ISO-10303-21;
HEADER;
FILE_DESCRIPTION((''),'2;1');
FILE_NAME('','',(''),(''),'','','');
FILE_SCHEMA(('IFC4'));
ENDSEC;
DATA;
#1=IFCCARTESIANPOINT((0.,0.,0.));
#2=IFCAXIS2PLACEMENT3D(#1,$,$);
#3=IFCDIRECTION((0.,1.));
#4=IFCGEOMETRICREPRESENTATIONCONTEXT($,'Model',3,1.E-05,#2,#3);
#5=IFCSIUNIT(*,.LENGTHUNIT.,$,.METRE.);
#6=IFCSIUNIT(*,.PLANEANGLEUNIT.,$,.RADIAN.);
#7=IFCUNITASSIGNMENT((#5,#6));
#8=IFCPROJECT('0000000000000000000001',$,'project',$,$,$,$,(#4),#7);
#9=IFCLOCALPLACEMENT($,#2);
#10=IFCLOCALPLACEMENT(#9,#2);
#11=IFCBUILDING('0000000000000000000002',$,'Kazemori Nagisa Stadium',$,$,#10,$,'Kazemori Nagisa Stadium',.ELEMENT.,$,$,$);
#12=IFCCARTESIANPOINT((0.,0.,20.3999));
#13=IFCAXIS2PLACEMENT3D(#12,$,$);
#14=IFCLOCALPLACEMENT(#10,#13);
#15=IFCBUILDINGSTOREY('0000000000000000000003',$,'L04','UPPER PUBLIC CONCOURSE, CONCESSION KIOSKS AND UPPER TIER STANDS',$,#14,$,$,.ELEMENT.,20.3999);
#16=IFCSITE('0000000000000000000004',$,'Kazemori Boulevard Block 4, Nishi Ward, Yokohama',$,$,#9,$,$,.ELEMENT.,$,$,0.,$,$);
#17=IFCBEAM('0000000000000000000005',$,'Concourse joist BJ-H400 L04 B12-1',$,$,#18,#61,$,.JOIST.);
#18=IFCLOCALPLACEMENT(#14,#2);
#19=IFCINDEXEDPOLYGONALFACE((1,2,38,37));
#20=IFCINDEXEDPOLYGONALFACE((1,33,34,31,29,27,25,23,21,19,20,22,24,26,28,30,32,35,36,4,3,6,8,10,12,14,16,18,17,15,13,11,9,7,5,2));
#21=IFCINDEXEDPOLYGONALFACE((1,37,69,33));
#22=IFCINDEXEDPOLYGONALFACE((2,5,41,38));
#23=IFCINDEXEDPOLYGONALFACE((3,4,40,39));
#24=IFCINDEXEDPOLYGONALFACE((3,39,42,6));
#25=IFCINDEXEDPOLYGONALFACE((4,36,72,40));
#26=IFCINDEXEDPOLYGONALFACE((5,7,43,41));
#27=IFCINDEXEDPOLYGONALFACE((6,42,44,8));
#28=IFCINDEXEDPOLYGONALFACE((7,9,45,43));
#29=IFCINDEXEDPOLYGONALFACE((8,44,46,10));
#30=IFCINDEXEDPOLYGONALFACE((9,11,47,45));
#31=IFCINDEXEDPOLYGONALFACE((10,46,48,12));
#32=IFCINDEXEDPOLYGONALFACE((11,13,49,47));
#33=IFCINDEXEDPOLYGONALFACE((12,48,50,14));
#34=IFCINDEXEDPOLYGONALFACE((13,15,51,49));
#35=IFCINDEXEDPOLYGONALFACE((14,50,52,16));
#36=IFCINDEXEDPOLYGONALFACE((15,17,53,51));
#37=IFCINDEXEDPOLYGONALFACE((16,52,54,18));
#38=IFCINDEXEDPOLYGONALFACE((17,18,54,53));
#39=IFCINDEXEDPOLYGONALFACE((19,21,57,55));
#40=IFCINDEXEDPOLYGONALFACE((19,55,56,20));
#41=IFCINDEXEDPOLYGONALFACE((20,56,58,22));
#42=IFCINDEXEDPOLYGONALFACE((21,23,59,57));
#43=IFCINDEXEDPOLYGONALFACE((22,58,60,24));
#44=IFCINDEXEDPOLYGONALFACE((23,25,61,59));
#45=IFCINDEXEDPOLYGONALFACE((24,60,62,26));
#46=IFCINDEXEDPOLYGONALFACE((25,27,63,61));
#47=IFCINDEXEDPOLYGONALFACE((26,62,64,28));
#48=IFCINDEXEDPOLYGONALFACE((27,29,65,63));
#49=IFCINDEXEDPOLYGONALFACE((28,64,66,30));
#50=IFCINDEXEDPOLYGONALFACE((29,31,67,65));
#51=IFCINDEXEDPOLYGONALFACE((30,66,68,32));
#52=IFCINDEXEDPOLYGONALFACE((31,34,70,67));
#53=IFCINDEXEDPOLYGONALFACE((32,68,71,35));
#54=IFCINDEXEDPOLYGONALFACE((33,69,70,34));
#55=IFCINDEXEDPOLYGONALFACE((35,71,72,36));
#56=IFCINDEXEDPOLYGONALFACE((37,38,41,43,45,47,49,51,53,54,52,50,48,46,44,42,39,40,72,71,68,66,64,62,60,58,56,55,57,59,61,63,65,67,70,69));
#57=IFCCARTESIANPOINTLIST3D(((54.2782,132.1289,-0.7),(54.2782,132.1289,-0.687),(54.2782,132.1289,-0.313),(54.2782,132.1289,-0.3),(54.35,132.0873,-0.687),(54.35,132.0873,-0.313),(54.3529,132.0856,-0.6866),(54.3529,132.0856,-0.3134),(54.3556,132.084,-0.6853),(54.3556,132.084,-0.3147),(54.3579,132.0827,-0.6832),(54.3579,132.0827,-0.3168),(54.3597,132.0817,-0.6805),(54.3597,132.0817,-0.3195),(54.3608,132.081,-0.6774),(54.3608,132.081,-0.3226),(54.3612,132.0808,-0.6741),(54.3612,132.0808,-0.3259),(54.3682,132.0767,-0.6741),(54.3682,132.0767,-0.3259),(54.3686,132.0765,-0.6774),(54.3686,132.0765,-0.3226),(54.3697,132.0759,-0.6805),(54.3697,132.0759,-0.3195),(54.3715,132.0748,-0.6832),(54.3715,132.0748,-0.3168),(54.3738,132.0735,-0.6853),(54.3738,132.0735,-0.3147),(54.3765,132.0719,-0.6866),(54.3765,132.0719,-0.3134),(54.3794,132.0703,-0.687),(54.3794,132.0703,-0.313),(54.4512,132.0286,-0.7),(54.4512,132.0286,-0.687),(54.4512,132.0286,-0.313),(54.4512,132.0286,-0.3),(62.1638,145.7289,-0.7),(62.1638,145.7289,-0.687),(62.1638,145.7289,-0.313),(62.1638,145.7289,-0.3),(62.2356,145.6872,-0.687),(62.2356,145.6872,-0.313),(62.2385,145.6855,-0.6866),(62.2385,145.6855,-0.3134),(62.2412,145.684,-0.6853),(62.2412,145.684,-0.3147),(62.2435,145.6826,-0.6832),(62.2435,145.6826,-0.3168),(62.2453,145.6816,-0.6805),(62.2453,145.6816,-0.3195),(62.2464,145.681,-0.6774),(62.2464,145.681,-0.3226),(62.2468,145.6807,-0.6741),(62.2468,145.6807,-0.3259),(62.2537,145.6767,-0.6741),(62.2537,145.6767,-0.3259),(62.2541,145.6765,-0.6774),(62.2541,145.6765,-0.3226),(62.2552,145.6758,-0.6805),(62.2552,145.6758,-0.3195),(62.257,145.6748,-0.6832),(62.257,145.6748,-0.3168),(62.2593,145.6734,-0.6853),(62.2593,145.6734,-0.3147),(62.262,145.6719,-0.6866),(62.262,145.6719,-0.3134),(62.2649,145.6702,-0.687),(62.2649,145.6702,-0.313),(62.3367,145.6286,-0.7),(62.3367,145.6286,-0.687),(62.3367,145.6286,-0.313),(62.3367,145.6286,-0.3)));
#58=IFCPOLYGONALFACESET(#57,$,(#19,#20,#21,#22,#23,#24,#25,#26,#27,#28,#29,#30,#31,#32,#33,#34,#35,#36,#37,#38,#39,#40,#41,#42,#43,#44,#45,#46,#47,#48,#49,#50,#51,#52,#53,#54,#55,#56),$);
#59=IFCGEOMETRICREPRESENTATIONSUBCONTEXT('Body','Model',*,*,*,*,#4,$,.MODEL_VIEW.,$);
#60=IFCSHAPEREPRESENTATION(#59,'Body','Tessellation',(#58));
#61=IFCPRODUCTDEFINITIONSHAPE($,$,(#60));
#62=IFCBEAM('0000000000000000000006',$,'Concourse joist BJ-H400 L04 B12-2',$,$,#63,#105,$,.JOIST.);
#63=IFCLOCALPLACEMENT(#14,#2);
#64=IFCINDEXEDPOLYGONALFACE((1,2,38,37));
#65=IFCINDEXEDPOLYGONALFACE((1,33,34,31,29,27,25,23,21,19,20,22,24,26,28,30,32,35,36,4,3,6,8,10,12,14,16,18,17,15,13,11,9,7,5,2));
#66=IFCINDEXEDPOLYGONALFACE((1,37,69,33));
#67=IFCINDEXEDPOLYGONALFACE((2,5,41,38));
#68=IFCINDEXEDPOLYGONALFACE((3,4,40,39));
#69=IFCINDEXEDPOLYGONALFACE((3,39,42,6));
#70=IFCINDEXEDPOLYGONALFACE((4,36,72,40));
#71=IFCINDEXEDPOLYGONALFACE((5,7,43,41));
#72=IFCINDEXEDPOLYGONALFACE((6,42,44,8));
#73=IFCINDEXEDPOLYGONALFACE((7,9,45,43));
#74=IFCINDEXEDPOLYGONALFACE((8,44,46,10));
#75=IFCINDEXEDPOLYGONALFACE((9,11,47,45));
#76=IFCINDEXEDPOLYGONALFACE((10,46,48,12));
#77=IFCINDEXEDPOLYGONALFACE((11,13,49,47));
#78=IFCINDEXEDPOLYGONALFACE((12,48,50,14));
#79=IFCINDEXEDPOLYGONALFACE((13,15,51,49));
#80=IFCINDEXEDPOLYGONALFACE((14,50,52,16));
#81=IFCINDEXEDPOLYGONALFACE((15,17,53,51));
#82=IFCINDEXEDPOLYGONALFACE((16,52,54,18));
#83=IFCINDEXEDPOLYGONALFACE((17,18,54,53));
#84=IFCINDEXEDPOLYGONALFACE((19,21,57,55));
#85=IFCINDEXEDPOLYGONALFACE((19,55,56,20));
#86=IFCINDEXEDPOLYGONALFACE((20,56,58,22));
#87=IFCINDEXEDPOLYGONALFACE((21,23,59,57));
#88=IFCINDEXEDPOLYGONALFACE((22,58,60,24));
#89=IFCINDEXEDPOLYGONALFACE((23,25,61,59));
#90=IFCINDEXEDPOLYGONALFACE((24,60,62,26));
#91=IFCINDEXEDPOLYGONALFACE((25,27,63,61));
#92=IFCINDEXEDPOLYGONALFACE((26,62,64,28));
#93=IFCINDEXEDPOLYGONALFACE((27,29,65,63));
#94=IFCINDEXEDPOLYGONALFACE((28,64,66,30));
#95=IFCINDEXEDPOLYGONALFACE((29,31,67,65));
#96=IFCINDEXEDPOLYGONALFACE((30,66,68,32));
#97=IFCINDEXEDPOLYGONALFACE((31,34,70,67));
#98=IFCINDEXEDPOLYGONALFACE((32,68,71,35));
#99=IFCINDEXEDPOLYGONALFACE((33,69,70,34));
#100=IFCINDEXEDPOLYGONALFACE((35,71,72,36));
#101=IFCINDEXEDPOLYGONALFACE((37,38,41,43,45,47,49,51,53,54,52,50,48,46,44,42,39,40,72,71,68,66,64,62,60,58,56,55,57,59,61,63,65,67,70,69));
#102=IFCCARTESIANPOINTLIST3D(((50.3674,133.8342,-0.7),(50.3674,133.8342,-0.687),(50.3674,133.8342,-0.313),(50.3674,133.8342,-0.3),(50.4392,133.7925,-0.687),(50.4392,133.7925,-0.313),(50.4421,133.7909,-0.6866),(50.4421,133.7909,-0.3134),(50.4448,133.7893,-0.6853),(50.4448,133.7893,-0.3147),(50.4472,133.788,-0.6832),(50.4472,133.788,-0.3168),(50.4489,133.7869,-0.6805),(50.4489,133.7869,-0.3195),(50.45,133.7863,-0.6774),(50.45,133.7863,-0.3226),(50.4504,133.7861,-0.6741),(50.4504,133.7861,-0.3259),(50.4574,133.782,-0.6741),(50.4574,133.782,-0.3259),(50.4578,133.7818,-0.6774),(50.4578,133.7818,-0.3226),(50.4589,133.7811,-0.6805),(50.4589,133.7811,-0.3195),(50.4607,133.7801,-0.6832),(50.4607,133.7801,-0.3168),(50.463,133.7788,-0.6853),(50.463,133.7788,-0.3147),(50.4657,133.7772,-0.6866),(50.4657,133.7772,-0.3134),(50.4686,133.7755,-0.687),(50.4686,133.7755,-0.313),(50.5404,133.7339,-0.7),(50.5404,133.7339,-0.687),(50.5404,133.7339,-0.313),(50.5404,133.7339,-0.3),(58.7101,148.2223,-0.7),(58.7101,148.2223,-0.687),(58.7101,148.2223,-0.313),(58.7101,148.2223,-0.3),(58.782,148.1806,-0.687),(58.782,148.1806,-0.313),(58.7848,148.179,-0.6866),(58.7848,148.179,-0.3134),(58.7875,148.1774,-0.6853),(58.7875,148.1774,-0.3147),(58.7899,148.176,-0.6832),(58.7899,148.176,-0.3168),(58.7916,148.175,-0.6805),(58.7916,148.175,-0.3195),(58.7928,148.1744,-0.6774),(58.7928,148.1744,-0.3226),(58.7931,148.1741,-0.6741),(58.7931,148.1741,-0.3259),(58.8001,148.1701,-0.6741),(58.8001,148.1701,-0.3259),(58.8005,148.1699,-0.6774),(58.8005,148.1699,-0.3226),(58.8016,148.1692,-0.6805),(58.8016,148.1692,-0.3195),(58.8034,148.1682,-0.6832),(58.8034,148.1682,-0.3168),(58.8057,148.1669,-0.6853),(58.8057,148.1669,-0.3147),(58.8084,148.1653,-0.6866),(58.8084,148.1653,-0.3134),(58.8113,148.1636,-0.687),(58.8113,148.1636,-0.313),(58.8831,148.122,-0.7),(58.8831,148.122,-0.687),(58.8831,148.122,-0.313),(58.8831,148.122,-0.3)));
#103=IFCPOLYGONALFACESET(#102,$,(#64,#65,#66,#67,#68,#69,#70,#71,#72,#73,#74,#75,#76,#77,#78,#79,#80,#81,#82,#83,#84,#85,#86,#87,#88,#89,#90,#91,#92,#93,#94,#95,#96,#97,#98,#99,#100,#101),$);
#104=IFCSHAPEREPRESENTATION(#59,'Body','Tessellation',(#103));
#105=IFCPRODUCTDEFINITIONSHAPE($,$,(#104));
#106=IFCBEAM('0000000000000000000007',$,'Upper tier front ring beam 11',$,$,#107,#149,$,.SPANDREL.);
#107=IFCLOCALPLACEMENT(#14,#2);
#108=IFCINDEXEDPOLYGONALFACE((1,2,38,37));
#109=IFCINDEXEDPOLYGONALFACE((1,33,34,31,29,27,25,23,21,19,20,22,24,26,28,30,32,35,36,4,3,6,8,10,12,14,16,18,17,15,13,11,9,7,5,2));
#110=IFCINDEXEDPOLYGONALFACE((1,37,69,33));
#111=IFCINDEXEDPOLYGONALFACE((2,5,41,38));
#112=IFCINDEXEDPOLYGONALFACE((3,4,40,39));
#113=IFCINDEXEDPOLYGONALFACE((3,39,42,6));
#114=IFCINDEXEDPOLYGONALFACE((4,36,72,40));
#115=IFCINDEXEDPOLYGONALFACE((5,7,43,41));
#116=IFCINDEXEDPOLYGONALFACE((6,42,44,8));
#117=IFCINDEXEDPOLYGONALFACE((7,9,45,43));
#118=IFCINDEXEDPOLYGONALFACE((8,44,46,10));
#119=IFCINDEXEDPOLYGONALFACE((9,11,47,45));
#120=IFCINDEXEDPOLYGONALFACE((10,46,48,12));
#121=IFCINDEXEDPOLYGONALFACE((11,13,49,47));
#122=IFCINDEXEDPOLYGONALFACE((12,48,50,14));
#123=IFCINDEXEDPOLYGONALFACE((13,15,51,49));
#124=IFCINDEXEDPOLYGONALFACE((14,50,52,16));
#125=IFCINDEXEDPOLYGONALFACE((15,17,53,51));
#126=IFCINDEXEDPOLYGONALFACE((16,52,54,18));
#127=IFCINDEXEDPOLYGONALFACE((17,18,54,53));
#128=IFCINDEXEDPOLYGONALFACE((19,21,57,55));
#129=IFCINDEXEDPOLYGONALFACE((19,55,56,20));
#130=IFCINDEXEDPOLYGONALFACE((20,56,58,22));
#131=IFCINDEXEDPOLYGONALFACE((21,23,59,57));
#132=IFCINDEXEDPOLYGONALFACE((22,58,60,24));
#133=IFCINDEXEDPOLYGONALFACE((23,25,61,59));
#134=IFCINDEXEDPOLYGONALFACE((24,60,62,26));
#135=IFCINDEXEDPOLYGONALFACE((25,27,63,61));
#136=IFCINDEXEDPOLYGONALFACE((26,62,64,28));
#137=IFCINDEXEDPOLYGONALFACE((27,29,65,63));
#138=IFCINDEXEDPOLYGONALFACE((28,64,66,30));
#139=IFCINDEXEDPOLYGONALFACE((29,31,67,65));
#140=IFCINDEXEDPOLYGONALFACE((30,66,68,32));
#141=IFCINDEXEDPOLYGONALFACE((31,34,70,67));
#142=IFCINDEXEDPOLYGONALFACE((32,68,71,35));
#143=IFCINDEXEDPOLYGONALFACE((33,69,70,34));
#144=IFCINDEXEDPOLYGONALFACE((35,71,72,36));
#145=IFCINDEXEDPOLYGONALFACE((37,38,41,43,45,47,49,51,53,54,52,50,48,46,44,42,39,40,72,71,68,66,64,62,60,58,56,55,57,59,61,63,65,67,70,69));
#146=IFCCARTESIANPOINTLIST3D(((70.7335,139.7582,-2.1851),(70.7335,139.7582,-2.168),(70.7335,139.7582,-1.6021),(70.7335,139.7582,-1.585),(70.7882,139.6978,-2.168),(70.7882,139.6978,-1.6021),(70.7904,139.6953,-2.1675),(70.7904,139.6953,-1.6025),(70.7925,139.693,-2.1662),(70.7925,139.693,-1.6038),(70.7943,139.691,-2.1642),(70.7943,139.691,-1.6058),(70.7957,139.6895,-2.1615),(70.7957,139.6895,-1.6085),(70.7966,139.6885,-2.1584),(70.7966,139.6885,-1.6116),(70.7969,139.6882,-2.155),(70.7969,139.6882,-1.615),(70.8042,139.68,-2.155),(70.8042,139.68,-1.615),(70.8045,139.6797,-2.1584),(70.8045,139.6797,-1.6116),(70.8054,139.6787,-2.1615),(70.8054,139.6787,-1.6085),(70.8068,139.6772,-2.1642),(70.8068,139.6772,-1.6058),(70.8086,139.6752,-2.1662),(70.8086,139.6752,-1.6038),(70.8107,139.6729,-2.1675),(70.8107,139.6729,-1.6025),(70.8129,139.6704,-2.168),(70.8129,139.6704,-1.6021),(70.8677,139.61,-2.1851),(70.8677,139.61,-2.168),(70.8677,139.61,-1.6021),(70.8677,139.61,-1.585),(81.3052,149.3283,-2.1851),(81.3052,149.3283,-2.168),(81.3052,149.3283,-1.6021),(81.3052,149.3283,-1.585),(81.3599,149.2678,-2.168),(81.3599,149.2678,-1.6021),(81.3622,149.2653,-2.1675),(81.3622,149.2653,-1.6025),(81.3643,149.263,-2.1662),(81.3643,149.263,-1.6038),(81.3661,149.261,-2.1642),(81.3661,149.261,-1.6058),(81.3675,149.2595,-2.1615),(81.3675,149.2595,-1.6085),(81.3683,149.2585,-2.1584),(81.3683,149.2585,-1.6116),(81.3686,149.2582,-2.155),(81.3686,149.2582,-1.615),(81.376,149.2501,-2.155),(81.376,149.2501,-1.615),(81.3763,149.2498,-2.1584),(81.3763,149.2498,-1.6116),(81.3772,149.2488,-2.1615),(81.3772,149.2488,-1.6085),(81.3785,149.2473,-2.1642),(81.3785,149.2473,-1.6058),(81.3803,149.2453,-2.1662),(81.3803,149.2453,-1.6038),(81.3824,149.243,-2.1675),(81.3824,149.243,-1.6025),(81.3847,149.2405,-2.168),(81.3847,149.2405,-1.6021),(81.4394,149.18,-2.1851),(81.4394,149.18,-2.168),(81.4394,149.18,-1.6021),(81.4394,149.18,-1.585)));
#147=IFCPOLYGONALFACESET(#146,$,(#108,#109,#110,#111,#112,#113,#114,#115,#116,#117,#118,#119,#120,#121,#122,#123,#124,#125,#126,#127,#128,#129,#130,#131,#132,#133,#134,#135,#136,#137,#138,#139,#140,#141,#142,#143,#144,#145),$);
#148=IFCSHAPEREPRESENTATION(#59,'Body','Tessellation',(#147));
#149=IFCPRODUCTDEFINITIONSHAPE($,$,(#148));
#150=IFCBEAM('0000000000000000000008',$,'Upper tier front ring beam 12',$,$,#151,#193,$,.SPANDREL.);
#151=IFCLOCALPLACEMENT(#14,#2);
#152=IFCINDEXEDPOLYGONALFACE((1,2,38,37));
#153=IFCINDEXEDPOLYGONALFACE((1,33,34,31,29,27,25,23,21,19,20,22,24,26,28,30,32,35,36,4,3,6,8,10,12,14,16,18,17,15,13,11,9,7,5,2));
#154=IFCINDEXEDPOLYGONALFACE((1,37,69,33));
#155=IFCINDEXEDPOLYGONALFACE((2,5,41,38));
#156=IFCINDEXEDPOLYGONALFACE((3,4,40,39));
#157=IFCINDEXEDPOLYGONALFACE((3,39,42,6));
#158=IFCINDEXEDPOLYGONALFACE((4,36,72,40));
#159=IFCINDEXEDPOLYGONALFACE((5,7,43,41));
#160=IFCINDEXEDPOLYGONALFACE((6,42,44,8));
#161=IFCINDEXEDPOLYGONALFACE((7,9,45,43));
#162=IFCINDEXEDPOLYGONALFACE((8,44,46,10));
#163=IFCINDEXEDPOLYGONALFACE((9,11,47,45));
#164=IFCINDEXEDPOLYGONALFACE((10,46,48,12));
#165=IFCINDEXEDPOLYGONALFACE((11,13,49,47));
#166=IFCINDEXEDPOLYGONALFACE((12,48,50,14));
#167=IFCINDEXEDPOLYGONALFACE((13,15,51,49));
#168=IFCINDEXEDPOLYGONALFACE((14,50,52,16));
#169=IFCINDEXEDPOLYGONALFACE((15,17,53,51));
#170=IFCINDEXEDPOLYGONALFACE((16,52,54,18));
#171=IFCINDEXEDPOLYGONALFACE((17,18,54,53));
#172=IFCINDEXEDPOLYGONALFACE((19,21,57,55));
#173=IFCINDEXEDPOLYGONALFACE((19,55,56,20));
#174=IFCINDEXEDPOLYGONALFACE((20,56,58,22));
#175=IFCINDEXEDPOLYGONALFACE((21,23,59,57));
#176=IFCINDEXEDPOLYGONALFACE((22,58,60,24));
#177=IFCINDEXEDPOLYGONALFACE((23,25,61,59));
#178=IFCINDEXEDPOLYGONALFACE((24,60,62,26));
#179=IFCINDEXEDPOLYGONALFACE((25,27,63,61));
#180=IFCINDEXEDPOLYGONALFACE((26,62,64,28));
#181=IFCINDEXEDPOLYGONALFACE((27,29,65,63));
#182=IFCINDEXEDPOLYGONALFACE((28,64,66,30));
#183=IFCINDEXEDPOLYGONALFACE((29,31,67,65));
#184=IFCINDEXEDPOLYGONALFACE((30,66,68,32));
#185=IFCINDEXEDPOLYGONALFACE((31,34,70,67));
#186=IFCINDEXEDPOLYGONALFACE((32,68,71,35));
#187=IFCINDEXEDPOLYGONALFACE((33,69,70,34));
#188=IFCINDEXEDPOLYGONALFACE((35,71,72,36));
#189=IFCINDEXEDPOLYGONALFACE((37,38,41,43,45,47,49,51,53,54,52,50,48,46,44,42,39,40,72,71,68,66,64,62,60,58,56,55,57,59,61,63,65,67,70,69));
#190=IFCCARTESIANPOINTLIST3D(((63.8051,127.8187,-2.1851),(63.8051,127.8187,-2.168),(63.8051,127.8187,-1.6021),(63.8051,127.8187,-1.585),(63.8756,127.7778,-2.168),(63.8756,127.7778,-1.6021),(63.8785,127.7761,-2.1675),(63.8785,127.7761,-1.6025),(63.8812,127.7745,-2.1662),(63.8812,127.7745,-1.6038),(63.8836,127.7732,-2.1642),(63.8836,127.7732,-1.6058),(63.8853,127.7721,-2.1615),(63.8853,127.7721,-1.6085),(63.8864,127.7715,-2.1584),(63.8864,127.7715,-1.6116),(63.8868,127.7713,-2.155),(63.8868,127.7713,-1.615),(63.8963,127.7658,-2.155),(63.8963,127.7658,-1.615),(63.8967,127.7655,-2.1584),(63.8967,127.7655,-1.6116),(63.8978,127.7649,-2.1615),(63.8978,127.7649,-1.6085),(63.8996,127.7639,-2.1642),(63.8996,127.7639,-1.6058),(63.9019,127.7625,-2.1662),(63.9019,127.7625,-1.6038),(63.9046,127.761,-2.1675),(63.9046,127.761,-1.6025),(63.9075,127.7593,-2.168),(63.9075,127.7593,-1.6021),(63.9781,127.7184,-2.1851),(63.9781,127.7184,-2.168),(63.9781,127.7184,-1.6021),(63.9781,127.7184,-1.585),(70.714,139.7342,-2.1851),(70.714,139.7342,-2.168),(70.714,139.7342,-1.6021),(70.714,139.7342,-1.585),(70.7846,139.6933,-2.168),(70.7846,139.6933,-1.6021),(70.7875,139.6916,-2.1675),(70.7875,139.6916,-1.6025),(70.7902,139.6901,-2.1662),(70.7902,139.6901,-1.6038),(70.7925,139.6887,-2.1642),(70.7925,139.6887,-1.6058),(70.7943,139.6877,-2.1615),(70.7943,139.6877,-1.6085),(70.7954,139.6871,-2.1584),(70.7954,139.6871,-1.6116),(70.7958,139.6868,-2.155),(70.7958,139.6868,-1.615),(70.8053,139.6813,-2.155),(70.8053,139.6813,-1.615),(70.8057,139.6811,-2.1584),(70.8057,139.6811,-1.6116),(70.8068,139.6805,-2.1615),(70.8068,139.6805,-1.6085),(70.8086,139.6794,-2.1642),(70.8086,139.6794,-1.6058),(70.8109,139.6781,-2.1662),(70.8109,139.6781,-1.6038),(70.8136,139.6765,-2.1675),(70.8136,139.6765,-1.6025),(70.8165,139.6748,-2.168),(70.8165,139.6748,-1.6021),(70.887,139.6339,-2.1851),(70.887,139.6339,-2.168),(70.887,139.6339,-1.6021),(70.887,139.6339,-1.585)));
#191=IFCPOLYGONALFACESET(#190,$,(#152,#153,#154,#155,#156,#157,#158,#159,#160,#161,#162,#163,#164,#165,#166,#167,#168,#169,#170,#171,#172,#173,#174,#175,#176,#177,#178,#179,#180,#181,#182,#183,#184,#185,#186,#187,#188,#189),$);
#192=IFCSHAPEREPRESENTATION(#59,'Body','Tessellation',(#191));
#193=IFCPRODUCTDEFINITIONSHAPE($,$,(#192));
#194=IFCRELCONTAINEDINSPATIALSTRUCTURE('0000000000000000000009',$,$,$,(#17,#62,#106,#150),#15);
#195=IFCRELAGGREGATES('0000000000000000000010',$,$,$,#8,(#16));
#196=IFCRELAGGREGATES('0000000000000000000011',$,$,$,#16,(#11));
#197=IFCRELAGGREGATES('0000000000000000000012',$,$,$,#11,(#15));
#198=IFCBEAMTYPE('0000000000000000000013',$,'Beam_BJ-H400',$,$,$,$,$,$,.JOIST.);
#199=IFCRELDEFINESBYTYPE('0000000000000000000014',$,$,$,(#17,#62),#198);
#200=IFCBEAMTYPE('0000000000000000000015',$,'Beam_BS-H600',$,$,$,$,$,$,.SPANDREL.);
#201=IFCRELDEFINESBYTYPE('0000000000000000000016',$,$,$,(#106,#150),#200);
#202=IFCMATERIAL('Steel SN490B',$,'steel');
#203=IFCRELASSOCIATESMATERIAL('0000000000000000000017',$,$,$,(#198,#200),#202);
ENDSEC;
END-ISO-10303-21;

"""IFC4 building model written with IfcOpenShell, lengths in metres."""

from ifc_helpers import new_model, si_unit, direction, frame, origin, origin_2d, place, context, subcontext, project, spatial, i_section, extrude, material, material_profile, profile_set, type_object, element, save


model = new_model("IFC4")

# Units and contexts
model_context = context("Model", 3, precision=1e-05, world=origin(), true_north=direction((0.0, 1.0)))
body_context = subcontext(model_context, "Body", "Model", "MODEL_VIEW")
ifc_project = project(units=[si_unit("LENGTHUNIT", "METRE"), si_unit("PLANEANGLEUNIT", "RADIAN")], contexts=[model_context])

# Site, building, storey
site_placement = place(None, origin())
site = spatial("IfcSite", under=ifc_project, at=site_placement, Name="Kazemori Boulevard Block 4, Nishi Ward, Yokohama", CompositionType="ELEMENT", RefElevation=0.0)
building_placement = place(site_placement, origin())
building = spatial("IfcBuilding", under=site, at=building_placement, Name="Kazemori Nagisa Stadium", LongName="Kazemori Nagisa Stadium", CompositionType="ELEMENT")
storey_placement = place(building_placement, frame((0.0, 0.0, 20.3999)))
storey = spatial("IfcBuildingStorey", under=building, at=storey_placement, Name="L04", Description="UPPER PUBLIC CONCOURSE, CONCESSION KIOSKS AND UPPER TIER STANDS", CompositionType="ELEMENT", Elevation=20.3999)

# Beams
ifc_material_1 = material(Name="Steel SN490B", Category="steel")
ifc_material_profile_1 = material_profile(ifc_material_1, i_section(OverallWidth=0.2, OverallDepth=0.3999, WebThickness=0.0081, FlangeThickness=0.0129, FilletRadius=0.0129, at=origin_2d()), Name="H-400x200x8x13")
ifc_profile_set_1 = profile_set([ifc_material_profile_1], Name="Steel SN490B")
beam_type_1 = type_object("IfcBeamType", Name="Beam_BJ-H400", PredefinedType="JOIST", material=ifc_profile_set_1)
beam_1_placement = place(storey_placement, frame((62.2502, 145.6787, -0.5), z_axis=(-0.501603, -0.865098, 0.0), x_axis=(0.865098, -0.501603, 0.0)))
element("IfcBeam", 1, at=beam_1_placement, inside=storey, type_object=beam_type_1, Name="Concourse joist BJ-H400 L04 B12-1", PredefinedType="JOIST", context=body_context, shape_type="SweptSolid", body=[
    extrude(i_section(OverallWidth=0.2, OverallDepth=0.3999, WebThickness=0.0081, FlangeThickness=0.0129, FilletRadius=0.0129, at=origin_2d()), origin(), (0.0, 0.0, 1.0), 15.7207),
])
beam_2_placement = place(storey_placement, frame((58.7966, 148.1721, -0.5), z_axis=(-0.501611, -0.865093, 0.0), x_axis=(0.865093, -0.501611, 0.0)))
element("IfcBeam", 2, at=beam_2_placement, inside=storey, type_object=beam_type_1, Name="Concourse joist BJ-H400 L04 B12-2", PredefinedType="JOIST", context=body_context, shape_type="SweptSolid", body=[
    extrude(i_section(OverallWidth=0.2, OverallDepth=0.3999, WebThickness=0.0081, FlangeThickness=0.0129, FilletRadius=0.0129, at=origin_2d()), origin(), (0.0, 0.0, 1.0), 16.6318),
])
ifc_material_profile_2 = material_profile(ifc_material_1, i_section(OverallWidth=0.2, OverallDepth=0.6001, WebThickness=0.011, FlangeThickness=0.0171, FilletRadius=0.0129, at=origin_2d()), Name="H-600x200x11x17")
ifc_profile_set_2 = profile_set([ifc_material_profile_2], Name="Steel SN490B")
beam_type_2 = type_object("IfcBeamType", Name="Beam_BS-H600", PredefinedType="SPANDREL", material=ifc_profile_set_2)
beam_3_placement = place(storey_placement, frame((81.3723, 149.2542, -1.885), z_axis=(-0.741357, -0.671111, 0.0), x_axis=(0.671111, -0.741357, 0.0)))
element("IfcBeam", 3, at=beam_3_placement, inside=storey, type_object=beam_type_2, Name="Upper tier front ring beam 11", PredefinedType="SPANDREL", context=body_context, shape_type="SweptSolid", body=[
    extrude(i_section(OverallWidth=0.2, OverallDepth=0.6001, WebThickness=0.011, FlangeThickness=0.0171, FilletRadius=0.0129, at=origin_2d()), origin(), (0.0, 0.0, 1.0), 14.26),
])
beam_4_placement = place(storey_placement, frame((70.8005, 139.6841, -1.885), z_axis=(-0.501606, -0.865096, 0.0), x_axis=(0.865096, -0.501606, 0.0)))
element("IfcBeam", 4, at=beam_4_placement, inside=storey, type_object=beam_type_2, Name="Upper tier front ring beam 12", PredefinedType="SPANDREL", context=body_context, shape_type="SweptSolid", body=[
    extrude(i_section(OverallWidth=0.2, OverallDepth=0.6001, WebThickness=0.011, FlangeThickness=0.0171, FilletRadius=0.0129, at=origin_2d()), origin(), (0.0, 0.0, 1.0), 13.7737),
])

save(model, "model.ifc")
